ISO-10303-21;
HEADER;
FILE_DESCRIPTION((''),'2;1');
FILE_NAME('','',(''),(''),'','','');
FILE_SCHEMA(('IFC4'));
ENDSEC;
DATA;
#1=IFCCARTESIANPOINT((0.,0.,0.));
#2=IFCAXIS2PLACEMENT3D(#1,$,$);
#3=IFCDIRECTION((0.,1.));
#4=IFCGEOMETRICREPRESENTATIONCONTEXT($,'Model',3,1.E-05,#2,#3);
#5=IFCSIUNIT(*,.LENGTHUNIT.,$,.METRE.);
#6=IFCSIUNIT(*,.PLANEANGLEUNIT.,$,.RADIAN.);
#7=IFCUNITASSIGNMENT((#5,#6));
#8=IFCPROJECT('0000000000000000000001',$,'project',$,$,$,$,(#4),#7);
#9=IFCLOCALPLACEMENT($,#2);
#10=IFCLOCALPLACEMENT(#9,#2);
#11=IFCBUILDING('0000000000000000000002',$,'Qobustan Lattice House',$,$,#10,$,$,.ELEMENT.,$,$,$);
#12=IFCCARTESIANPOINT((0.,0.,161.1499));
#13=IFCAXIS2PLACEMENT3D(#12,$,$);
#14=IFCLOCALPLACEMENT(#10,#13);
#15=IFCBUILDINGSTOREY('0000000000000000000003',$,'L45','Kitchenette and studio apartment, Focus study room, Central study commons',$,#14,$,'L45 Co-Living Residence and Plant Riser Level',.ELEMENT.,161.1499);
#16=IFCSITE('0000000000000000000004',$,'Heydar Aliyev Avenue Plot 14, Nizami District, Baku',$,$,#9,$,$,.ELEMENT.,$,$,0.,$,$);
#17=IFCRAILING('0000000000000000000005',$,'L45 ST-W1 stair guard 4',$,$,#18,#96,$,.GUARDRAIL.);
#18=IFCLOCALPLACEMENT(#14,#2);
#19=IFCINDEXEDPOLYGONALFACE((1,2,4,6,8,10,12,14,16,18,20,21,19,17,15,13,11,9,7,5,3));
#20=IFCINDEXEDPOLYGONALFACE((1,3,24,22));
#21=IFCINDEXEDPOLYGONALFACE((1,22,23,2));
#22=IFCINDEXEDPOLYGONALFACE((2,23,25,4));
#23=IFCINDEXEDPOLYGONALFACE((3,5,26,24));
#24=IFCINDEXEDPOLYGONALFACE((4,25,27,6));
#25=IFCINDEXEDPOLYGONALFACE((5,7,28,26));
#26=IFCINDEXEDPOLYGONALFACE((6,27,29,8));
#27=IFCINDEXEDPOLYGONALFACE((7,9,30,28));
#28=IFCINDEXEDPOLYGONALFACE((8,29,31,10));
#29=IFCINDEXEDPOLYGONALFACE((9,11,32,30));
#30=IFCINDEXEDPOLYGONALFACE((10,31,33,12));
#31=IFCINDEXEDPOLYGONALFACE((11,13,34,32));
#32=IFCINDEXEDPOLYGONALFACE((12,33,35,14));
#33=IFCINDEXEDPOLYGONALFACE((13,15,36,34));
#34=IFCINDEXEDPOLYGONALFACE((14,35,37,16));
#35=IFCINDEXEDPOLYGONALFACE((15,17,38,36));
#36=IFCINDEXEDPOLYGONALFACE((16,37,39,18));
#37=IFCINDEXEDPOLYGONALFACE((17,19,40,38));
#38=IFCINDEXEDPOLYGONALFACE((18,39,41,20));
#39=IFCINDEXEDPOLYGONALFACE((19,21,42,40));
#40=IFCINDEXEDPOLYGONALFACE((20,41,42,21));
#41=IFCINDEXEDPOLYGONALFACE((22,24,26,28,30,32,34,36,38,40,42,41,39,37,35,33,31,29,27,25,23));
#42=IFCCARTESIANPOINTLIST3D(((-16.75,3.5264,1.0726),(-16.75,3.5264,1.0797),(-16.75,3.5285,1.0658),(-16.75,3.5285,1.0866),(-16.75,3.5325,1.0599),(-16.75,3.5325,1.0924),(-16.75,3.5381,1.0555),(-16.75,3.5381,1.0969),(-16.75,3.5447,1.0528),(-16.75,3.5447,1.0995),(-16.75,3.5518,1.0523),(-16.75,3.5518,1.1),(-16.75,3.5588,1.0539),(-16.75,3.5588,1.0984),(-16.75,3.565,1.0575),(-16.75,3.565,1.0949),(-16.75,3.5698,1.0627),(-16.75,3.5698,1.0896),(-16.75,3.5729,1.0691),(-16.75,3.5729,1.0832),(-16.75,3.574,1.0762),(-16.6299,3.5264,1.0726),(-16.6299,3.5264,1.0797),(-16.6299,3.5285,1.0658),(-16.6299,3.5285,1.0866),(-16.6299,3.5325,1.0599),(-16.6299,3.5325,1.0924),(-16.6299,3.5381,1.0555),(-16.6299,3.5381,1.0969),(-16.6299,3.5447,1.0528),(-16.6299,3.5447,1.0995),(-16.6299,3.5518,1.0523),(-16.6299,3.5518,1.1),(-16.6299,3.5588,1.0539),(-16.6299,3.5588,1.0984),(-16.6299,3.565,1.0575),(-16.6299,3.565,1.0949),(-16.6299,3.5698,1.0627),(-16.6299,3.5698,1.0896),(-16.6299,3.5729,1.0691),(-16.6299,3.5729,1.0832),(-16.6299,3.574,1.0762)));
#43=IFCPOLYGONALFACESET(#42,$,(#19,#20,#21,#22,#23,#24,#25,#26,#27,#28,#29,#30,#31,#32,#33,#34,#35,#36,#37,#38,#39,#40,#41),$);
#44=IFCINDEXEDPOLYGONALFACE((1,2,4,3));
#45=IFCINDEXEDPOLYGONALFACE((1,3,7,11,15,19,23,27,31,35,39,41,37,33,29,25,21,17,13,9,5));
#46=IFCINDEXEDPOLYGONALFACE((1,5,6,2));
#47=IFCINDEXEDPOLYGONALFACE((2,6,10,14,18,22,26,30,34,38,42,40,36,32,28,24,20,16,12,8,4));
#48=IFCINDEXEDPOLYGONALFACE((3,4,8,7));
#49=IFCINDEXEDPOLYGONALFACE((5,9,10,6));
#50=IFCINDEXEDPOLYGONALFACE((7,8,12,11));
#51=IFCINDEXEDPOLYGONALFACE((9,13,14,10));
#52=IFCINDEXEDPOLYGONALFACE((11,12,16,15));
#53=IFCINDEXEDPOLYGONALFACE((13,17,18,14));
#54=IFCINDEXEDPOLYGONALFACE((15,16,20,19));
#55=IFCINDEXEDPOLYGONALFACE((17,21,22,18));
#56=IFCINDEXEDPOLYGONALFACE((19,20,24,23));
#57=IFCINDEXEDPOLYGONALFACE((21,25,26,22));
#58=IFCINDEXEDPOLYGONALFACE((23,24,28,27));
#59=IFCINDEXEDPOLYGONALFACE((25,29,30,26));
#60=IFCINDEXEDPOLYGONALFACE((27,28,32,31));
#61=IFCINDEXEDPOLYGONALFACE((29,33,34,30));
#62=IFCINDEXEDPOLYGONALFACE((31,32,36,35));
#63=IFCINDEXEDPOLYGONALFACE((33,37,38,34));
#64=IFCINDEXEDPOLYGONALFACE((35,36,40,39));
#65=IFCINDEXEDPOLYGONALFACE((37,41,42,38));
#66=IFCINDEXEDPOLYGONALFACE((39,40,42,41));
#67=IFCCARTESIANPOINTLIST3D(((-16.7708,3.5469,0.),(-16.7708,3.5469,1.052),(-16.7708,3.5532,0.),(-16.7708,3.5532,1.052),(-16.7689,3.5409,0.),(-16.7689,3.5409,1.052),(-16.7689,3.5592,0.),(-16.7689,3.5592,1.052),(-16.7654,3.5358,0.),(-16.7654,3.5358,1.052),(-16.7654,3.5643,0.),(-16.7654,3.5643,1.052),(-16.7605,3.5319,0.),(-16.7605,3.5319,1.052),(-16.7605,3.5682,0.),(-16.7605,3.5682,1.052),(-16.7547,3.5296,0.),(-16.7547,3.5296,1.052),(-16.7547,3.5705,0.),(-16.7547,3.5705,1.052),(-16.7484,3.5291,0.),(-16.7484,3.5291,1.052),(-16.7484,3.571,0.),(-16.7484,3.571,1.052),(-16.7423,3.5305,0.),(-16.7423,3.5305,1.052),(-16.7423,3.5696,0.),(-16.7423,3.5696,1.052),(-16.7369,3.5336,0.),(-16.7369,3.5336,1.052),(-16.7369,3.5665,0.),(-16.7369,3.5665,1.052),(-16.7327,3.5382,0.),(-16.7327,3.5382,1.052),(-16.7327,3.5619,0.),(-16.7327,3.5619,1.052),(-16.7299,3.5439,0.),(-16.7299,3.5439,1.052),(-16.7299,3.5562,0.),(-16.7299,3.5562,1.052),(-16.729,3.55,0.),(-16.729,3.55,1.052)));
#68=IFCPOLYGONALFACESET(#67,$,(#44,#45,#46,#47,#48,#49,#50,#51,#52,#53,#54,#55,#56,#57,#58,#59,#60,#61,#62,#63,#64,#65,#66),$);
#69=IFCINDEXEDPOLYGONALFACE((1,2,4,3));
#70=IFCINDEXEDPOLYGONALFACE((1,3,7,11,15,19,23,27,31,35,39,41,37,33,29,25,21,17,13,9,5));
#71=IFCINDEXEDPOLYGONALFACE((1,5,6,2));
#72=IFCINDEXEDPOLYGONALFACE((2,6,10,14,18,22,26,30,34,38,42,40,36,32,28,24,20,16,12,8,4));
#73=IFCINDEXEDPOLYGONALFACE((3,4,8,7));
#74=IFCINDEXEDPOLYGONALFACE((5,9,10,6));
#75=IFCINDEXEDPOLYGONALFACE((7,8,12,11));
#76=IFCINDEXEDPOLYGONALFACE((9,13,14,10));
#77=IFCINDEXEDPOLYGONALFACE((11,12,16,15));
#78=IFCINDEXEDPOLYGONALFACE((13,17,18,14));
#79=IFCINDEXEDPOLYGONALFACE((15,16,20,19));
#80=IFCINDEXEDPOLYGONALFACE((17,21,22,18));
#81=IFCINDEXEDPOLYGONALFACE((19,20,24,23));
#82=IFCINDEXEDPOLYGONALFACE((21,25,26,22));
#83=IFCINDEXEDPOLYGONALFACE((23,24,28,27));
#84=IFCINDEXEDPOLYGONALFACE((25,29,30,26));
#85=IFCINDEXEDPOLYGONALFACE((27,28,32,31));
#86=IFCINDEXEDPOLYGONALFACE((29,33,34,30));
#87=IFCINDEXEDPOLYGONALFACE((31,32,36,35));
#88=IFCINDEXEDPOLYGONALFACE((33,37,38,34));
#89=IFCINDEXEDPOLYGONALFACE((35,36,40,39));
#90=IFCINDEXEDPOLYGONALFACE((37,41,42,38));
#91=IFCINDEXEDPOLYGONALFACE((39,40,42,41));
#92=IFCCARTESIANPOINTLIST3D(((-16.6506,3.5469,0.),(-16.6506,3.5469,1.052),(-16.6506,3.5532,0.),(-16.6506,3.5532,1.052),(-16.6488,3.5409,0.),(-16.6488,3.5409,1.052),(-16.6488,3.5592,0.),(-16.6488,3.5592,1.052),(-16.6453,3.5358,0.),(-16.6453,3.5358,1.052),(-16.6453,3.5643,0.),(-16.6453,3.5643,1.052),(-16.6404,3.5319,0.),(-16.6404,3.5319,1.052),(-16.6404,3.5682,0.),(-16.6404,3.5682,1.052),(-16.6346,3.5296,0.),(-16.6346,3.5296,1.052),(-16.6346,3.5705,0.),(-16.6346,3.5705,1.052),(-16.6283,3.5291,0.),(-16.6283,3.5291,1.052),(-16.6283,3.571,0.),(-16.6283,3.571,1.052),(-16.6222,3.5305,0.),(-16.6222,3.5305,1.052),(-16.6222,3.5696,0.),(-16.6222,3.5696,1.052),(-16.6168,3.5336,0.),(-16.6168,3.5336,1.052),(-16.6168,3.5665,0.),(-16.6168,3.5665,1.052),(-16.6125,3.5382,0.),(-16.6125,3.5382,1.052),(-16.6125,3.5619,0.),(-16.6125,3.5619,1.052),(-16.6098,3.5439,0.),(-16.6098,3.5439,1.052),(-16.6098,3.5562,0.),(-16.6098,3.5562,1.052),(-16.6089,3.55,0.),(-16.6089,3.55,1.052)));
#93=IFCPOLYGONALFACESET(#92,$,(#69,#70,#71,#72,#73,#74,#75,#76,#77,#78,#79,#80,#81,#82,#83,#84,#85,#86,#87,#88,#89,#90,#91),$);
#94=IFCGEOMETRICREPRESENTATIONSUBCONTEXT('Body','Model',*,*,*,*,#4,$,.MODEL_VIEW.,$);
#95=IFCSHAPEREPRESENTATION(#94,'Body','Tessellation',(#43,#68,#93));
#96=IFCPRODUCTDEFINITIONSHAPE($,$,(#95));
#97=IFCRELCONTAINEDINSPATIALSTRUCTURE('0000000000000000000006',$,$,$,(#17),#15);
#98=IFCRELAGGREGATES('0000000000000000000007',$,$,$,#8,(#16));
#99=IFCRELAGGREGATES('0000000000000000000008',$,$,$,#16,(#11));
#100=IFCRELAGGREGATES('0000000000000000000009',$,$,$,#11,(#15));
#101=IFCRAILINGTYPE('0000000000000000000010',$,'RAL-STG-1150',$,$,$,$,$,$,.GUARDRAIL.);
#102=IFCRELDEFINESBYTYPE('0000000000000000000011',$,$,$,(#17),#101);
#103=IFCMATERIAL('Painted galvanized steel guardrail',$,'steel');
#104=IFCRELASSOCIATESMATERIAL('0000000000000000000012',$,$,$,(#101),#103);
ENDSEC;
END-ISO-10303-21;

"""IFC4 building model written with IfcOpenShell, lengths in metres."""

from ifc_helpers import new_model, si_unit, direction, frame, origin, origin_2d, place, context, subcontext, project, spatial, circle, extrude, material, type_object, element, save


model = new_model("IFC4")

# Units and contexts
model_context = context("Model", 3, precision=1e-05, world=origin(), true_north=direction((0.0, 1.0)))
body_context = subcontext(model_context, "Body", "Model", "MODEL_VIEW")
ifc_project = project(units=[si_unit("LENGTHUNIT", "METRE"), si_unit("PLANEANGLEUNIT", "RADIAN")], contexts=[model_context])

# Site, building, storey
site_placement = place(None, origin())
site = spatial("IfcSite", under=ifc_project, at=site_placement, Name="Heydar Aliyev Avenue Plot 14, Nizami District, Baku", CompositionType="ELEMENT", RefElevation=0.0)
building_placement = place(site_placement, origin())
building = spatial("IfcBuilding", under=site, at=building_placement, Name="Qobustan Lattice House", CompositionType="ELEMENT")
storey_placement = place(building_placement, frame((0.0, 0.0, 161.1499)))
storey = spatial("IfcBuildingStorey", under=building, at=storey_placement, Name="L45", Description="Kitchenette and studio apartment, Focus study room, Central study commons", LongName="L45 Co-Living Residence and Plant Riser Level", CompositionType="ELEMENT", Elevation=161.1499)

# Railing
ifc_material_1 = material(Name="Painted galvanized steel guardrail", Category="steel")
railing_type_1 = type_object("IfcRailingType", Name="RAL-STG-1150", PredefinedType="GUARDRAIL", material=ifc_material_1)
railing_1_placement = place(storey_placement, frame((-16.75, 3.55, 0.0)))
element("IfcRailing", 1, at=railing_1_placement, inside=storey, type_object=railing_type_1, Name="L45 ST-W1 stair guard 4", PredefinedType="GUARDRAIL", context=body_context, shape_type="SweptSolid", body=[
    extrude(circle(Radius=0.0239, at=origin_2d()), frame((0.0, 0.0, 1.0762), z_axis=(1.0, 0.0, 0.0), x_axis=(0.0, 1.0, 0.0)), (0.0, 0.0, 1.0), 0.1201),
    extrude(circle(Radius=0.021, at=origin_2d()), origin(), (0.0, 0.0, 1.0), 1.052),
    extrude(circle(Radius=0.021, at=origin_2d()), frame((0.1201, 0.0, 0.0)), (0.0, 0.0, 1.0), 1.052),
])

save(model, "model.ifc")
